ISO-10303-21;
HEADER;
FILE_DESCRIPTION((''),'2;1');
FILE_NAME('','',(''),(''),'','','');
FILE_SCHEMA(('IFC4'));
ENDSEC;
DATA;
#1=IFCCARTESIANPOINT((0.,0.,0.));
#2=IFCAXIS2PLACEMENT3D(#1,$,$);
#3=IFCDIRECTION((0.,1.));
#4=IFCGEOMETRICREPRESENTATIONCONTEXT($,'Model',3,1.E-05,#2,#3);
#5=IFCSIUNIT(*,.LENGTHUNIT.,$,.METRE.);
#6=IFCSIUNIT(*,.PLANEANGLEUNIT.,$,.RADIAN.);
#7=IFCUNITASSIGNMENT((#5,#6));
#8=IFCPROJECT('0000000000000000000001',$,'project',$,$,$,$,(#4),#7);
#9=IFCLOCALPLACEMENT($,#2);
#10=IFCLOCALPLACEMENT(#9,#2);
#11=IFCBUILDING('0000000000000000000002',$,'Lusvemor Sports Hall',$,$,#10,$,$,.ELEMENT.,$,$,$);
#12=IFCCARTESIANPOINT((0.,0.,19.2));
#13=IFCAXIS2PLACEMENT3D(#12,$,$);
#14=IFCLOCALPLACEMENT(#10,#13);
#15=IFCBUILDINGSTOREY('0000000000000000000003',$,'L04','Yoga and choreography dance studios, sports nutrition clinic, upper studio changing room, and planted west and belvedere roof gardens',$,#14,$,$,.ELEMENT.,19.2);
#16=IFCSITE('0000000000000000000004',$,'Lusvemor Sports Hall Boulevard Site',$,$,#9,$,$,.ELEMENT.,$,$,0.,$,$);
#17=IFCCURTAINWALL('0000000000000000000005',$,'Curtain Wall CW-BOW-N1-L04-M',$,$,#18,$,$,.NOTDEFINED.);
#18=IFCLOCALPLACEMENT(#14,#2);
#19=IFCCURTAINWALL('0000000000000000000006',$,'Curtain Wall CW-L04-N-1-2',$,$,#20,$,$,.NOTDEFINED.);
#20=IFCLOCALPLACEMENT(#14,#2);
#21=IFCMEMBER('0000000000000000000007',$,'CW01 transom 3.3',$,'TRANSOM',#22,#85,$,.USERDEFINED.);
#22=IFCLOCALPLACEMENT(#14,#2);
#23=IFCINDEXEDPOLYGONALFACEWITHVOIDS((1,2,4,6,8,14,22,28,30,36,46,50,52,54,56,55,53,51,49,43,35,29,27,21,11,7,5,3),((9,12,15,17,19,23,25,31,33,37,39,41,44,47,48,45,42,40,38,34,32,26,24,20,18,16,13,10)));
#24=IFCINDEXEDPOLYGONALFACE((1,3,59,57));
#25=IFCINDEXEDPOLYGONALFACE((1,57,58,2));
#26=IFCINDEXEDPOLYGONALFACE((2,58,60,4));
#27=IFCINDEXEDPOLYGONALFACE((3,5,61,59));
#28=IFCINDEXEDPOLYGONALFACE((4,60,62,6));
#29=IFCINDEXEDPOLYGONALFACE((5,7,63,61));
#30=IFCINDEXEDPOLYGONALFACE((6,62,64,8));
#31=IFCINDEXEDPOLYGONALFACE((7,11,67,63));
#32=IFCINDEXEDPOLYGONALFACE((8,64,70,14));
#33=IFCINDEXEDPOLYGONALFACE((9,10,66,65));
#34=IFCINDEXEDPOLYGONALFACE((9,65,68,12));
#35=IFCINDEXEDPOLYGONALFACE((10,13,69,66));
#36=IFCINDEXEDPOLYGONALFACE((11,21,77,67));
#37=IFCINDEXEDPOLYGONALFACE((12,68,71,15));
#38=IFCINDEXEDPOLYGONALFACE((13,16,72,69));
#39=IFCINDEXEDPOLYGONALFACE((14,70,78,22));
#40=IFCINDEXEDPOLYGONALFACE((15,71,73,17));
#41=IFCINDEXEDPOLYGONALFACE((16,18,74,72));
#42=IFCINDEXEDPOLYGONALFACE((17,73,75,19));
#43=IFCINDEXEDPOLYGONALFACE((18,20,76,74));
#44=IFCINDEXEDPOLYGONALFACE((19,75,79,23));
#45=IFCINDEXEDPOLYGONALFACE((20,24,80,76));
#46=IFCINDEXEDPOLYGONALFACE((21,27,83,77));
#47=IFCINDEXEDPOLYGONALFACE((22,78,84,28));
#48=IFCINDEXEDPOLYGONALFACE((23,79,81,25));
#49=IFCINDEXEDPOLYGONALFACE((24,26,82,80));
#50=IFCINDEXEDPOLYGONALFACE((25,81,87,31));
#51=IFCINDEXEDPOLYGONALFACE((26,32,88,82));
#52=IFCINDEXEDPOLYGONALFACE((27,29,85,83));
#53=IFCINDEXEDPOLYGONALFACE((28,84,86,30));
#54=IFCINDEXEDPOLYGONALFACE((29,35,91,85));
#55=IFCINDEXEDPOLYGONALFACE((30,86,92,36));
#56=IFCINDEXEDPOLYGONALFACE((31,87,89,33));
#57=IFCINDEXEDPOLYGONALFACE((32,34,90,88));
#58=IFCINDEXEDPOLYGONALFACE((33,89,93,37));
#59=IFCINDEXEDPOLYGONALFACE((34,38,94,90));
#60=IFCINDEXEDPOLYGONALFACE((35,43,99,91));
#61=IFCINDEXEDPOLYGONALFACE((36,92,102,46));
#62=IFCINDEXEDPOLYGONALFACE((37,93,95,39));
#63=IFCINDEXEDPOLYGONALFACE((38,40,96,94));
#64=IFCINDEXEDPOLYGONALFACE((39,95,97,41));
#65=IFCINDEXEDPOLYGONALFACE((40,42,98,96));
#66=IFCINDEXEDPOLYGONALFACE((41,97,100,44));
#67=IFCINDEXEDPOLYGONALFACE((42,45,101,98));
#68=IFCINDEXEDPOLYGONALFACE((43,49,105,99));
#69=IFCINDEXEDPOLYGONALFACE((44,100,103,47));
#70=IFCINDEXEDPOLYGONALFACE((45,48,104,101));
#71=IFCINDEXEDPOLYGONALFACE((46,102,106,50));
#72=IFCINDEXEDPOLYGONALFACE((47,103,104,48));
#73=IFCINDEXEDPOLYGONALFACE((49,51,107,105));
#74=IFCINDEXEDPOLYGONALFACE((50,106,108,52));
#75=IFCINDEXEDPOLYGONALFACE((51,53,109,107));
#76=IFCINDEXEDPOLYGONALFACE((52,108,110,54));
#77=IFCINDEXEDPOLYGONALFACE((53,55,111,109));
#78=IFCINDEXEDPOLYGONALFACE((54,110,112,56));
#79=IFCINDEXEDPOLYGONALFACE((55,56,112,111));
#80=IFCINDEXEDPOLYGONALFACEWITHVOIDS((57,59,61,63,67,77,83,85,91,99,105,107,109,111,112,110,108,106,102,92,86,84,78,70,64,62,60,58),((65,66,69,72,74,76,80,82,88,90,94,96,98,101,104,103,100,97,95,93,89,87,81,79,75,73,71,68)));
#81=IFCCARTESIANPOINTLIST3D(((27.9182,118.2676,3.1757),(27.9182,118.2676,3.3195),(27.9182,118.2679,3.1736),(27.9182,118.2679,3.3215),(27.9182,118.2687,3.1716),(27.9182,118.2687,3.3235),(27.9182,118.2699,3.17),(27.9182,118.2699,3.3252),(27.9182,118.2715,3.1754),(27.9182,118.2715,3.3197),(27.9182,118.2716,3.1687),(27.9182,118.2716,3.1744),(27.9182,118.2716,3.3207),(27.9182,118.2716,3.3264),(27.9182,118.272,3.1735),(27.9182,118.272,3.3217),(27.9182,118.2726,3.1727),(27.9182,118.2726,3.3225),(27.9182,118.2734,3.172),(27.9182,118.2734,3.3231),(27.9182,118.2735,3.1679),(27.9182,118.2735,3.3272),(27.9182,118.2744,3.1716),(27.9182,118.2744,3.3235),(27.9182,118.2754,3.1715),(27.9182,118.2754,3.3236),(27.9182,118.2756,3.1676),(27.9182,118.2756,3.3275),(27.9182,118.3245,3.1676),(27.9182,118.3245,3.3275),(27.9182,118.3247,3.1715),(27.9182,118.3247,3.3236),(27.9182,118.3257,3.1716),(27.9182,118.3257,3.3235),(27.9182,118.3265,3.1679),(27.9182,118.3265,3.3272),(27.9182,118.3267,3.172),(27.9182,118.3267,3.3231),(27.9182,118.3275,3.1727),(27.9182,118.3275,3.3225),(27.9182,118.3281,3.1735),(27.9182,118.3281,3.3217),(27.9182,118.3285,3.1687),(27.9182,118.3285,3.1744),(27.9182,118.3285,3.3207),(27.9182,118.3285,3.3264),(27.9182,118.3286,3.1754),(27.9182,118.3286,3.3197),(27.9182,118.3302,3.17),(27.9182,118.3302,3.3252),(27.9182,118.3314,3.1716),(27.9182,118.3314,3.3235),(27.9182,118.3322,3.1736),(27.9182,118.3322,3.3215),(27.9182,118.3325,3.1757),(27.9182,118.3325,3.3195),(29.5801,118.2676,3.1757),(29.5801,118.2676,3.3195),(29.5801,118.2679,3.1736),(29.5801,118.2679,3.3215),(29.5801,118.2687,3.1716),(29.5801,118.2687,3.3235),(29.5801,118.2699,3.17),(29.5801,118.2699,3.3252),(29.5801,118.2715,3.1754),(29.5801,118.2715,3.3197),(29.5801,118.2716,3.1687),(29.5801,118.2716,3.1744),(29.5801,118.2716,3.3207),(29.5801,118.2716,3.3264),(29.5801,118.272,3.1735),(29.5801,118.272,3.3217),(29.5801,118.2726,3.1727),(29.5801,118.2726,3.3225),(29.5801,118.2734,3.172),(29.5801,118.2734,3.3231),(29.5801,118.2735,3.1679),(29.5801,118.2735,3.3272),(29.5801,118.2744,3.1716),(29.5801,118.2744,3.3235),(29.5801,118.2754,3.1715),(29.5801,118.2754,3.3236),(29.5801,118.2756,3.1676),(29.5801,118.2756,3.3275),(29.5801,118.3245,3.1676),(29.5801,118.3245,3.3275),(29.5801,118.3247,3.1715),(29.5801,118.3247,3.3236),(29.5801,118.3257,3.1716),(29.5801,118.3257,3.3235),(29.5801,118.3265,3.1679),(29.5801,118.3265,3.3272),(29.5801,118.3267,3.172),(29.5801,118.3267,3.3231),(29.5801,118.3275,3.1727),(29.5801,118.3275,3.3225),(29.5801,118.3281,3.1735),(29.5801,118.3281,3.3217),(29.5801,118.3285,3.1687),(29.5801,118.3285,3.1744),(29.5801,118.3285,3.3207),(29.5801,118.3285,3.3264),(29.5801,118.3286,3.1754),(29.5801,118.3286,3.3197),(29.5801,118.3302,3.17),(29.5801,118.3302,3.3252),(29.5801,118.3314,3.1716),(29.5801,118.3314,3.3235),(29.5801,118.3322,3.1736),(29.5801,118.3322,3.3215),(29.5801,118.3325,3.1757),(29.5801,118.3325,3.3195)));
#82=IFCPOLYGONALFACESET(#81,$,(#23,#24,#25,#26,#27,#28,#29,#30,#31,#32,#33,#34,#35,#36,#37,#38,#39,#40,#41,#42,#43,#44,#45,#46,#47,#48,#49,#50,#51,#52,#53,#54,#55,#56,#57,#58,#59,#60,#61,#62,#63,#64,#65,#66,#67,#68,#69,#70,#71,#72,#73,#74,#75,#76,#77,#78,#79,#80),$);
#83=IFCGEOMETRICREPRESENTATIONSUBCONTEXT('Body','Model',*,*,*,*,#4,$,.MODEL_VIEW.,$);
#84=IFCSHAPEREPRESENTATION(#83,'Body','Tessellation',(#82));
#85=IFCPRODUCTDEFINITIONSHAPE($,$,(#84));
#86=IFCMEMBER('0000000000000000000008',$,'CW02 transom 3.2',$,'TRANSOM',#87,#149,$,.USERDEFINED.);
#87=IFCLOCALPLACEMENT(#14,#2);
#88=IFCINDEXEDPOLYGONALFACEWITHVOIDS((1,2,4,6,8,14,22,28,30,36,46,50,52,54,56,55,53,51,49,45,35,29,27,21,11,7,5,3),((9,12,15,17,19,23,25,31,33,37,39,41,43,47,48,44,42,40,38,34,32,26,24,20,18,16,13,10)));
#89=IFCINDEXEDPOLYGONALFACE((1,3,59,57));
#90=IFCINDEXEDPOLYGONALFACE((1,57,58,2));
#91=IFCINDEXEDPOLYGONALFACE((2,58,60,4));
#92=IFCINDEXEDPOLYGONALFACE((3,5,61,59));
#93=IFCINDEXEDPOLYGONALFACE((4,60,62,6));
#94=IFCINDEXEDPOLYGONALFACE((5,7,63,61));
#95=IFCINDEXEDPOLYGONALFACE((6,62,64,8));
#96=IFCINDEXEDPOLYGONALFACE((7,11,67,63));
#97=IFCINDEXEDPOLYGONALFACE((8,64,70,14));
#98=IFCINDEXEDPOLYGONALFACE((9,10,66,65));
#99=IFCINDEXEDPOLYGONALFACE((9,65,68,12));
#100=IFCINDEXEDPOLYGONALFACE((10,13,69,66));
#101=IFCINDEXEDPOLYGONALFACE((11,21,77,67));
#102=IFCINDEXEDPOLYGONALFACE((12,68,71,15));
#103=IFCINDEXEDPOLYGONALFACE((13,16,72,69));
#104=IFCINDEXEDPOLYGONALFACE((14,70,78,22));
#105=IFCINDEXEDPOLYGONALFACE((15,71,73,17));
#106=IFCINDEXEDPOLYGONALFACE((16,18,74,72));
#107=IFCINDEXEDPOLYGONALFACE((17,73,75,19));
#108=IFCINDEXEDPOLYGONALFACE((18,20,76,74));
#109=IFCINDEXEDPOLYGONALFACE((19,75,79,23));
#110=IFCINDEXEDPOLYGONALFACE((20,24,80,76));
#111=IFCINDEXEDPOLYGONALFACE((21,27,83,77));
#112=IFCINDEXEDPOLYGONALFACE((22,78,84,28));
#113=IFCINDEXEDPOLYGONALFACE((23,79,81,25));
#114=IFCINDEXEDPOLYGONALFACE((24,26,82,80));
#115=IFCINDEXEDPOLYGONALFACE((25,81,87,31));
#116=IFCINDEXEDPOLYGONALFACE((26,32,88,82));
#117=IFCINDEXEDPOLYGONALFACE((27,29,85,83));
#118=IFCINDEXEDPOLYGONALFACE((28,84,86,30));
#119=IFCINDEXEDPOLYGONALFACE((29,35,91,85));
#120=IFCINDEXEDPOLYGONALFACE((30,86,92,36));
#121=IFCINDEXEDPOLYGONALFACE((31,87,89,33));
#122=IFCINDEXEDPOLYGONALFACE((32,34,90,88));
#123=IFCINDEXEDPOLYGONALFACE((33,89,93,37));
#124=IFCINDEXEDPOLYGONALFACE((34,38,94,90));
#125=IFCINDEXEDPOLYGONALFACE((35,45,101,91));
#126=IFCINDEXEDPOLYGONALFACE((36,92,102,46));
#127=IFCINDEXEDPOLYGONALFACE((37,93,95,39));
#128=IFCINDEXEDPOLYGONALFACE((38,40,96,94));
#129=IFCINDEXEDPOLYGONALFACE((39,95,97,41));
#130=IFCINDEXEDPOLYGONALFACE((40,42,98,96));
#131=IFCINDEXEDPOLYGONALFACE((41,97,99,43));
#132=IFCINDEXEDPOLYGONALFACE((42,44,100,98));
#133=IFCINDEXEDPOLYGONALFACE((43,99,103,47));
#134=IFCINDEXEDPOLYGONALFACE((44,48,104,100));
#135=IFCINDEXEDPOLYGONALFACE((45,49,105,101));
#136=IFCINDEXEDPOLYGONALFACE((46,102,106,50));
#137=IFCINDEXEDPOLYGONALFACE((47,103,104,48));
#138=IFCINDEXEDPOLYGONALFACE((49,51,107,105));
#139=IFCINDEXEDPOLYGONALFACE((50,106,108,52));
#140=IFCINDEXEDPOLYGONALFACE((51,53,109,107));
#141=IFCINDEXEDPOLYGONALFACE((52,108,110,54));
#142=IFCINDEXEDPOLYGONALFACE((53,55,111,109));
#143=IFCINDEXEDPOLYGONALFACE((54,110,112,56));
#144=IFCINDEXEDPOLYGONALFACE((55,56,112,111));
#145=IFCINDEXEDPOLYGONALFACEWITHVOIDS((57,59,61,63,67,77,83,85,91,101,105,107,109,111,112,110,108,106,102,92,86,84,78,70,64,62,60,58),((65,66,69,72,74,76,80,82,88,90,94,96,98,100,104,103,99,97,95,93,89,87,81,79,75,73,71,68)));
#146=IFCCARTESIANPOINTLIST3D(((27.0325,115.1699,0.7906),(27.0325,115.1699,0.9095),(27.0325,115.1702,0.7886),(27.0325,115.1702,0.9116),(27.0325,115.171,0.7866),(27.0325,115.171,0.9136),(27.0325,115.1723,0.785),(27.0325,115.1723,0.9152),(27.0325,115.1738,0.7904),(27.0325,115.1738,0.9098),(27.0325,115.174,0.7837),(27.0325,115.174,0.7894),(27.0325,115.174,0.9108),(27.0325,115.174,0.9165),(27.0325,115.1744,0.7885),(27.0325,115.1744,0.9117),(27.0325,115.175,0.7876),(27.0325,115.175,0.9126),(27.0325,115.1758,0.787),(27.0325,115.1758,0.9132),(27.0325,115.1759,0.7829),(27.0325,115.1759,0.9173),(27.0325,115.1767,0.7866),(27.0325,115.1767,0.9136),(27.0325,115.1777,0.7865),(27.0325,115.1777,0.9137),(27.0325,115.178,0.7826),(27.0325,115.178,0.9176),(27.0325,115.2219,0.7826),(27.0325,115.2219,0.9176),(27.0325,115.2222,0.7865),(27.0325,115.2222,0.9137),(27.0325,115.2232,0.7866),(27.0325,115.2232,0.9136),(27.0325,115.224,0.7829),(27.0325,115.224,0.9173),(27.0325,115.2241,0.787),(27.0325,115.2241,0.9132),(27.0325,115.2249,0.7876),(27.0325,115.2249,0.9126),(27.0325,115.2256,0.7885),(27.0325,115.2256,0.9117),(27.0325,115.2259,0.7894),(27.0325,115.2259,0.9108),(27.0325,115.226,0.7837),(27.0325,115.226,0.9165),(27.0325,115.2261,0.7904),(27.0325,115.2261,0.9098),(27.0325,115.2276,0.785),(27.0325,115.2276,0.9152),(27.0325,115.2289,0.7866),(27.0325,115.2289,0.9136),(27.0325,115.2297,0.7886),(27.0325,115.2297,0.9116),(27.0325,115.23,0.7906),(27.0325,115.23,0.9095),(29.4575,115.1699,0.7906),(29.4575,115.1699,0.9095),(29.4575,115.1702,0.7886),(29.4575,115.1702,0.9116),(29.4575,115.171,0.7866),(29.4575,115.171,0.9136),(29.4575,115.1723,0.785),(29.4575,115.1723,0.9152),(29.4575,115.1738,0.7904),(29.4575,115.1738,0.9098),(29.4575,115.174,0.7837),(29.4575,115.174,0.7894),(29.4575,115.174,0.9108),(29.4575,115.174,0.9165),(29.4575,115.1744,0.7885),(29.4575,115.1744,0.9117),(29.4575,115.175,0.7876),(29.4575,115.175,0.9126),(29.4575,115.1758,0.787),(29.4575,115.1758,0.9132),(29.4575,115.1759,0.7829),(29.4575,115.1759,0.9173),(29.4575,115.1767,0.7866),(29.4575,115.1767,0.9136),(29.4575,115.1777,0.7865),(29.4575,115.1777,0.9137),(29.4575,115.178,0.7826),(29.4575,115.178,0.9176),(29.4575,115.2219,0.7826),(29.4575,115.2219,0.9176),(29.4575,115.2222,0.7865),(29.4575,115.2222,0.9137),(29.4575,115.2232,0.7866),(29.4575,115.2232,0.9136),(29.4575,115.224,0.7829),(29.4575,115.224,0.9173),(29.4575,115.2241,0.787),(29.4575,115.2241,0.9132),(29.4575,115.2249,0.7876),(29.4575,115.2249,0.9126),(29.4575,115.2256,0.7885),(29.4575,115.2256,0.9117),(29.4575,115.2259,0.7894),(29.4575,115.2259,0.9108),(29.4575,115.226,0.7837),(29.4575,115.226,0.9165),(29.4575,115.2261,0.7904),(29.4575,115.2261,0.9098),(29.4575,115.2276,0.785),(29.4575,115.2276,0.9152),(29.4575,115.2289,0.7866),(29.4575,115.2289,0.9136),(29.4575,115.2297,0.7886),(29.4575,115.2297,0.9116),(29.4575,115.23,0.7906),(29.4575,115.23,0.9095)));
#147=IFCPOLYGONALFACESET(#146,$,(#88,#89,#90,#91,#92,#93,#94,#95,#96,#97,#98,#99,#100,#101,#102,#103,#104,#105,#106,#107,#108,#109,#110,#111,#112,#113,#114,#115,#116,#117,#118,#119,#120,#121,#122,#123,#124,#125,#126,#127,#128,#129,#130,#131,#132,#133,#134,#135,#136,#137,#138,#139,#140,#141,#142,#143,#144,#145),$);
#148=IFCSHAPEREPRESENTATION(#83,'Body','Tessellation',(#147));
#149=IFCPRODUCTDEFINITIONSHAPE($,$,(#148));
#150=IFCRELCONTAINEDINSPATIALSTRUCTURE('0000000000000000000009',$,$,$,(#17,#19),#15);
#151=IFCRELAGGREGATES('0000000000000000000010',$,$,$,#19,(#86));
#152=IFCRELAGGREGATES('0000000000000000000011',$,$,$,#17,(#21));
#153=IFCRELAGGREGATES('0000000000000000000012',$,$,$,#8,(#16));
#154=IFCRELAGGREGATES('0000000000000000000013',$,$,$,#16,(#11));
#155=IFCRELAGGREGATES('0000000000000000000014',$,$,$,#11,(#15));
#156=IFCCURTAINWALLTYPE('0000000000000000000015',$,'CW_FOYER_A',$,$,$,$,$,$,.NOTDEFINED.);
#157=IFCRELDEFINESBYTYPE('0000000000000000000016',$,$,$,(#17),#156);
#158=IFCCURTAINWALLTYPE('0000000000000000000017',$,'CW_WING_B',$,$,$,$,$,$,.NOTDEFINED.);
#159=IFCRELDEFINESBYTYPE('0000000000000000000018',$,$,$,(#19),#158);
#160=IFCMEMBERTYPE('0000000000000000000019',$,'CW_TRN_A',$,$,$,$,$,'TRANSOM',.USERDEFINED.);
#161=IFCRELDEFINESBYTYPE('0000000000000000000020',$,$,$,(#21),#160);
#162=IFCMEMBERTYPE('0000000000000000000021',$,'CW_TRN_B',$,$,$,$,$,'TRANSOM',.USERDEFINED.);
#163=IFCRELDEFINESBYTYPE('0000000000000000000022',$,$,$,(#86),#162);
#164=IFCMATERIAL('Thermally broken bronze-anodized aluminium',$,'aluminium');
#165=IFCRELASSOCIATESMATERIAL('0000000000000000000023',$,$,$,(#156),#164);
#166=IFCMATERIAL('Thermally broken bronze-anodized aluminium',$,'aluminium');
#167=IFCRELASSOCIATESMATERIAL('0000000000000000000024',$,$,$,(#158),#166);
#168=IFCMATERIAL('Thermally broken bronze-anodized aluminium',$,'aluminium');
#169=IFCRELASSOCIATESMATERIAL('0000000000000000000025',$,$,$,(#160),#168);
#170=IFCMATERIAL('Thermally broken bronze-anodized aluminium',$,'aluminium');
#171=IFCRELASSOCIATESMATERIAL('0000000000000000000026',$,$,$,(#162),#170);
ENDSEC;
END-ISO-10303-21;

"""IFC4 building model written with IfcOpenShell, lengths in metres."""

from ifc_helpers import new_model, si_unit, direction, frame, origin, origin_2d, place, context, subcontext, project, spatial, hollow_rectangle, extrude, material, material_profile, profile_set, type_object, element, aggregate, save


model = new_model("IFC4")

# Units and contexts
model_context = context("Model", 3, precision=1e-05, world=origin(), true_north=direction((0.0, 1.0)))
body_context = subcontext(model_context, "Body", "Model", "MODEL_VIEW")
ifc_project = project(units=[si_unit("LENGTHUNIT", "METRE"), si_unit("PLANEANGLEUNIT", "RADIAN")], contexts=[model_context])

# Site, building, storey
site_placement = place(None, origin())
site = spatial("IfcSite", under=ifc_project, at=site_placement, Name="Lusvemor Sports Hall Boulevard Site", CompositionType="ELEMENT", RefElevation=0.0)
building_placement = place(site_placement, origin())
building = spatial("IfcBuilding", under=site, at=building_placement, Name="Lusvemor Sports Hall", CompositionType="ELEMENT")
storey_placement = place(building_placement, frame((0.0, 0.0, 19.2)))
storey = spatial("IfcBuildingStorey", under=building, at=storey_placement, Name="L04", Description="Yoga and choreography dance studios, sports nutrition clinic, upper studio changing room, and planted west and belvedere roof gardens", CompositionType="ELEMENT", Elevation=19.2)

# Curtain wall
ifc_material_1 = material(Name="Thermally broken bronze-anodized aluminium", Category="aluminium")
curtain_wall_type_1 = type_object("IfcCurtainWallType", Name="CW_FOYER_A", PredefinedType="NOTDEFINED", material=ifc_material_1)
curtain_wall_1_placement = place(storey_placement, origin())
curtain_wall_1 = element("IfcCurtainWall", 1, at=curtain_wall_1_placement, inside=storey, type_object=curtain_wall_type_1, Name="Curtain Wall CW-BOW-N1-L04-M", PredefinedType="NOTDEFINED")

# Curtain wall
ifc_material_2 = material(Name="Thermally broken bronze-anodized aluminium", Category="aluminium")
curtain_wall_type_2 = type_object("IfcCurtainWallType", Name="CW_WING_B", PredefinedType="NOTDEFINED", material=ifc_material_2)
curtain_wall_2_placement = place(storey_placement, origin())
curtain_wall_2 = element("IfcCurtainWall", 2, at=curtain_wall_2_placement, inside=storey, type_object=curtain_wall_type_2, Name="Curtain Wall CW-L04-N-1-2", PredefinedType="NOTDEFINED")

# Members
ifc_material_3 = material(Name="Thermally broken bronze-anodized aluminium", Category="aluminium")
ifc_material_profile_1 = material_profile(ifc_material_3, hollow_rectangle(XDim=0.0649, YDim=0.1599, WallThickness=0.0039, InnerFilletRadius=0.0039, OuterFilletRadius=0.0081, at=origin_2d()), Name="CWTRN160x65x4")
ifc_profile_set_1 = profile_set([ifc_material_profile_1], Name="Thermally broken bronze-anodized aluminium")
member_type_1 = type_object("IfcMemberType", Name="CW_TRN_A", ElementType="TRANSOM", PredefinedType="USERDEFINED", material=ifc_profile_set_1)
member_1_placement = place(storey_placement, frame((27.9182, 118.3, 3.2476), z_axis=(1.0, 0.0, 0.0), x_axis=(0.0, 1.0, 0.0)))
member_1 = element("IfcMember", 3, at=member_1_placement, type_object=member_type_1, Name="CW01 transom 3.3", ObjectType="TRANSOM", PredefinedType="USERDEFINED", context=body_context, shape_type="SweptSolid", body=[
    extrude(hollow_rectangle(XDim=0.0649, YDim=0.1599, WallThickness=0.0039, InnerFilletRadius=0.0039, OuterFilletRadius=0.0081, at=origin_2d()), origin(), (0.0, 0.0, 1.0), 1.6619),
])
ifc_material_4 = material(Name="Thermally broken bronze-anodized aluminium", Category="aluminium")
ifc_material_profile_2 = material_profile(ifc_material_4, hollow_rectangle(XDim=0.0601, YDim=0.135, WallThickness=0.0039, InnerFilletRadius=0.0039, OuterFilletRadius=0.0081, at=origin_2d()), Name="CWTRN135x60x4")
ifc_profile_set_2 = profile_set([ifc_material_profile_2], Name="Thermally broken bronze-anodized aluminium")
member_type_2 = type_object("IfcMemberType", Name="CW_TRN_B", ElementType="TRANSOM", PredefinedType="USERDEFINED", material=ifc_profile_set_2)
member_2_placement = place(storey_placement, frame((27.0325, 115.2, 0.8501), z_axis=(1.0, 0.0, 0.0), x_axis=(0.0, 1.0, 0.0)))
member_2 = element("IfcMember", 4, at=member_2_placement, type_object=member_type_2, Name="CW02 transom 3.2", ObjectType="TRANSOM", PredefinedType="USERDEFINED", context=body_context, shape_type="SweptSolid", body=[
    extrude(hollow_rectangle(XDim=0.0601, YDim=0.135, WallThickness=0.0039, InnerFilletRadius=0.0039, OuterFilletRadius=0.0081, at=origin_2d()), origin(), (0.0, 0.0, 1.0), 2.425),
])

aggregate(curtain_wall_2, [member_2])
aggregate(curtain_wall_1, [member_1])

save(model, "model.ifc")
